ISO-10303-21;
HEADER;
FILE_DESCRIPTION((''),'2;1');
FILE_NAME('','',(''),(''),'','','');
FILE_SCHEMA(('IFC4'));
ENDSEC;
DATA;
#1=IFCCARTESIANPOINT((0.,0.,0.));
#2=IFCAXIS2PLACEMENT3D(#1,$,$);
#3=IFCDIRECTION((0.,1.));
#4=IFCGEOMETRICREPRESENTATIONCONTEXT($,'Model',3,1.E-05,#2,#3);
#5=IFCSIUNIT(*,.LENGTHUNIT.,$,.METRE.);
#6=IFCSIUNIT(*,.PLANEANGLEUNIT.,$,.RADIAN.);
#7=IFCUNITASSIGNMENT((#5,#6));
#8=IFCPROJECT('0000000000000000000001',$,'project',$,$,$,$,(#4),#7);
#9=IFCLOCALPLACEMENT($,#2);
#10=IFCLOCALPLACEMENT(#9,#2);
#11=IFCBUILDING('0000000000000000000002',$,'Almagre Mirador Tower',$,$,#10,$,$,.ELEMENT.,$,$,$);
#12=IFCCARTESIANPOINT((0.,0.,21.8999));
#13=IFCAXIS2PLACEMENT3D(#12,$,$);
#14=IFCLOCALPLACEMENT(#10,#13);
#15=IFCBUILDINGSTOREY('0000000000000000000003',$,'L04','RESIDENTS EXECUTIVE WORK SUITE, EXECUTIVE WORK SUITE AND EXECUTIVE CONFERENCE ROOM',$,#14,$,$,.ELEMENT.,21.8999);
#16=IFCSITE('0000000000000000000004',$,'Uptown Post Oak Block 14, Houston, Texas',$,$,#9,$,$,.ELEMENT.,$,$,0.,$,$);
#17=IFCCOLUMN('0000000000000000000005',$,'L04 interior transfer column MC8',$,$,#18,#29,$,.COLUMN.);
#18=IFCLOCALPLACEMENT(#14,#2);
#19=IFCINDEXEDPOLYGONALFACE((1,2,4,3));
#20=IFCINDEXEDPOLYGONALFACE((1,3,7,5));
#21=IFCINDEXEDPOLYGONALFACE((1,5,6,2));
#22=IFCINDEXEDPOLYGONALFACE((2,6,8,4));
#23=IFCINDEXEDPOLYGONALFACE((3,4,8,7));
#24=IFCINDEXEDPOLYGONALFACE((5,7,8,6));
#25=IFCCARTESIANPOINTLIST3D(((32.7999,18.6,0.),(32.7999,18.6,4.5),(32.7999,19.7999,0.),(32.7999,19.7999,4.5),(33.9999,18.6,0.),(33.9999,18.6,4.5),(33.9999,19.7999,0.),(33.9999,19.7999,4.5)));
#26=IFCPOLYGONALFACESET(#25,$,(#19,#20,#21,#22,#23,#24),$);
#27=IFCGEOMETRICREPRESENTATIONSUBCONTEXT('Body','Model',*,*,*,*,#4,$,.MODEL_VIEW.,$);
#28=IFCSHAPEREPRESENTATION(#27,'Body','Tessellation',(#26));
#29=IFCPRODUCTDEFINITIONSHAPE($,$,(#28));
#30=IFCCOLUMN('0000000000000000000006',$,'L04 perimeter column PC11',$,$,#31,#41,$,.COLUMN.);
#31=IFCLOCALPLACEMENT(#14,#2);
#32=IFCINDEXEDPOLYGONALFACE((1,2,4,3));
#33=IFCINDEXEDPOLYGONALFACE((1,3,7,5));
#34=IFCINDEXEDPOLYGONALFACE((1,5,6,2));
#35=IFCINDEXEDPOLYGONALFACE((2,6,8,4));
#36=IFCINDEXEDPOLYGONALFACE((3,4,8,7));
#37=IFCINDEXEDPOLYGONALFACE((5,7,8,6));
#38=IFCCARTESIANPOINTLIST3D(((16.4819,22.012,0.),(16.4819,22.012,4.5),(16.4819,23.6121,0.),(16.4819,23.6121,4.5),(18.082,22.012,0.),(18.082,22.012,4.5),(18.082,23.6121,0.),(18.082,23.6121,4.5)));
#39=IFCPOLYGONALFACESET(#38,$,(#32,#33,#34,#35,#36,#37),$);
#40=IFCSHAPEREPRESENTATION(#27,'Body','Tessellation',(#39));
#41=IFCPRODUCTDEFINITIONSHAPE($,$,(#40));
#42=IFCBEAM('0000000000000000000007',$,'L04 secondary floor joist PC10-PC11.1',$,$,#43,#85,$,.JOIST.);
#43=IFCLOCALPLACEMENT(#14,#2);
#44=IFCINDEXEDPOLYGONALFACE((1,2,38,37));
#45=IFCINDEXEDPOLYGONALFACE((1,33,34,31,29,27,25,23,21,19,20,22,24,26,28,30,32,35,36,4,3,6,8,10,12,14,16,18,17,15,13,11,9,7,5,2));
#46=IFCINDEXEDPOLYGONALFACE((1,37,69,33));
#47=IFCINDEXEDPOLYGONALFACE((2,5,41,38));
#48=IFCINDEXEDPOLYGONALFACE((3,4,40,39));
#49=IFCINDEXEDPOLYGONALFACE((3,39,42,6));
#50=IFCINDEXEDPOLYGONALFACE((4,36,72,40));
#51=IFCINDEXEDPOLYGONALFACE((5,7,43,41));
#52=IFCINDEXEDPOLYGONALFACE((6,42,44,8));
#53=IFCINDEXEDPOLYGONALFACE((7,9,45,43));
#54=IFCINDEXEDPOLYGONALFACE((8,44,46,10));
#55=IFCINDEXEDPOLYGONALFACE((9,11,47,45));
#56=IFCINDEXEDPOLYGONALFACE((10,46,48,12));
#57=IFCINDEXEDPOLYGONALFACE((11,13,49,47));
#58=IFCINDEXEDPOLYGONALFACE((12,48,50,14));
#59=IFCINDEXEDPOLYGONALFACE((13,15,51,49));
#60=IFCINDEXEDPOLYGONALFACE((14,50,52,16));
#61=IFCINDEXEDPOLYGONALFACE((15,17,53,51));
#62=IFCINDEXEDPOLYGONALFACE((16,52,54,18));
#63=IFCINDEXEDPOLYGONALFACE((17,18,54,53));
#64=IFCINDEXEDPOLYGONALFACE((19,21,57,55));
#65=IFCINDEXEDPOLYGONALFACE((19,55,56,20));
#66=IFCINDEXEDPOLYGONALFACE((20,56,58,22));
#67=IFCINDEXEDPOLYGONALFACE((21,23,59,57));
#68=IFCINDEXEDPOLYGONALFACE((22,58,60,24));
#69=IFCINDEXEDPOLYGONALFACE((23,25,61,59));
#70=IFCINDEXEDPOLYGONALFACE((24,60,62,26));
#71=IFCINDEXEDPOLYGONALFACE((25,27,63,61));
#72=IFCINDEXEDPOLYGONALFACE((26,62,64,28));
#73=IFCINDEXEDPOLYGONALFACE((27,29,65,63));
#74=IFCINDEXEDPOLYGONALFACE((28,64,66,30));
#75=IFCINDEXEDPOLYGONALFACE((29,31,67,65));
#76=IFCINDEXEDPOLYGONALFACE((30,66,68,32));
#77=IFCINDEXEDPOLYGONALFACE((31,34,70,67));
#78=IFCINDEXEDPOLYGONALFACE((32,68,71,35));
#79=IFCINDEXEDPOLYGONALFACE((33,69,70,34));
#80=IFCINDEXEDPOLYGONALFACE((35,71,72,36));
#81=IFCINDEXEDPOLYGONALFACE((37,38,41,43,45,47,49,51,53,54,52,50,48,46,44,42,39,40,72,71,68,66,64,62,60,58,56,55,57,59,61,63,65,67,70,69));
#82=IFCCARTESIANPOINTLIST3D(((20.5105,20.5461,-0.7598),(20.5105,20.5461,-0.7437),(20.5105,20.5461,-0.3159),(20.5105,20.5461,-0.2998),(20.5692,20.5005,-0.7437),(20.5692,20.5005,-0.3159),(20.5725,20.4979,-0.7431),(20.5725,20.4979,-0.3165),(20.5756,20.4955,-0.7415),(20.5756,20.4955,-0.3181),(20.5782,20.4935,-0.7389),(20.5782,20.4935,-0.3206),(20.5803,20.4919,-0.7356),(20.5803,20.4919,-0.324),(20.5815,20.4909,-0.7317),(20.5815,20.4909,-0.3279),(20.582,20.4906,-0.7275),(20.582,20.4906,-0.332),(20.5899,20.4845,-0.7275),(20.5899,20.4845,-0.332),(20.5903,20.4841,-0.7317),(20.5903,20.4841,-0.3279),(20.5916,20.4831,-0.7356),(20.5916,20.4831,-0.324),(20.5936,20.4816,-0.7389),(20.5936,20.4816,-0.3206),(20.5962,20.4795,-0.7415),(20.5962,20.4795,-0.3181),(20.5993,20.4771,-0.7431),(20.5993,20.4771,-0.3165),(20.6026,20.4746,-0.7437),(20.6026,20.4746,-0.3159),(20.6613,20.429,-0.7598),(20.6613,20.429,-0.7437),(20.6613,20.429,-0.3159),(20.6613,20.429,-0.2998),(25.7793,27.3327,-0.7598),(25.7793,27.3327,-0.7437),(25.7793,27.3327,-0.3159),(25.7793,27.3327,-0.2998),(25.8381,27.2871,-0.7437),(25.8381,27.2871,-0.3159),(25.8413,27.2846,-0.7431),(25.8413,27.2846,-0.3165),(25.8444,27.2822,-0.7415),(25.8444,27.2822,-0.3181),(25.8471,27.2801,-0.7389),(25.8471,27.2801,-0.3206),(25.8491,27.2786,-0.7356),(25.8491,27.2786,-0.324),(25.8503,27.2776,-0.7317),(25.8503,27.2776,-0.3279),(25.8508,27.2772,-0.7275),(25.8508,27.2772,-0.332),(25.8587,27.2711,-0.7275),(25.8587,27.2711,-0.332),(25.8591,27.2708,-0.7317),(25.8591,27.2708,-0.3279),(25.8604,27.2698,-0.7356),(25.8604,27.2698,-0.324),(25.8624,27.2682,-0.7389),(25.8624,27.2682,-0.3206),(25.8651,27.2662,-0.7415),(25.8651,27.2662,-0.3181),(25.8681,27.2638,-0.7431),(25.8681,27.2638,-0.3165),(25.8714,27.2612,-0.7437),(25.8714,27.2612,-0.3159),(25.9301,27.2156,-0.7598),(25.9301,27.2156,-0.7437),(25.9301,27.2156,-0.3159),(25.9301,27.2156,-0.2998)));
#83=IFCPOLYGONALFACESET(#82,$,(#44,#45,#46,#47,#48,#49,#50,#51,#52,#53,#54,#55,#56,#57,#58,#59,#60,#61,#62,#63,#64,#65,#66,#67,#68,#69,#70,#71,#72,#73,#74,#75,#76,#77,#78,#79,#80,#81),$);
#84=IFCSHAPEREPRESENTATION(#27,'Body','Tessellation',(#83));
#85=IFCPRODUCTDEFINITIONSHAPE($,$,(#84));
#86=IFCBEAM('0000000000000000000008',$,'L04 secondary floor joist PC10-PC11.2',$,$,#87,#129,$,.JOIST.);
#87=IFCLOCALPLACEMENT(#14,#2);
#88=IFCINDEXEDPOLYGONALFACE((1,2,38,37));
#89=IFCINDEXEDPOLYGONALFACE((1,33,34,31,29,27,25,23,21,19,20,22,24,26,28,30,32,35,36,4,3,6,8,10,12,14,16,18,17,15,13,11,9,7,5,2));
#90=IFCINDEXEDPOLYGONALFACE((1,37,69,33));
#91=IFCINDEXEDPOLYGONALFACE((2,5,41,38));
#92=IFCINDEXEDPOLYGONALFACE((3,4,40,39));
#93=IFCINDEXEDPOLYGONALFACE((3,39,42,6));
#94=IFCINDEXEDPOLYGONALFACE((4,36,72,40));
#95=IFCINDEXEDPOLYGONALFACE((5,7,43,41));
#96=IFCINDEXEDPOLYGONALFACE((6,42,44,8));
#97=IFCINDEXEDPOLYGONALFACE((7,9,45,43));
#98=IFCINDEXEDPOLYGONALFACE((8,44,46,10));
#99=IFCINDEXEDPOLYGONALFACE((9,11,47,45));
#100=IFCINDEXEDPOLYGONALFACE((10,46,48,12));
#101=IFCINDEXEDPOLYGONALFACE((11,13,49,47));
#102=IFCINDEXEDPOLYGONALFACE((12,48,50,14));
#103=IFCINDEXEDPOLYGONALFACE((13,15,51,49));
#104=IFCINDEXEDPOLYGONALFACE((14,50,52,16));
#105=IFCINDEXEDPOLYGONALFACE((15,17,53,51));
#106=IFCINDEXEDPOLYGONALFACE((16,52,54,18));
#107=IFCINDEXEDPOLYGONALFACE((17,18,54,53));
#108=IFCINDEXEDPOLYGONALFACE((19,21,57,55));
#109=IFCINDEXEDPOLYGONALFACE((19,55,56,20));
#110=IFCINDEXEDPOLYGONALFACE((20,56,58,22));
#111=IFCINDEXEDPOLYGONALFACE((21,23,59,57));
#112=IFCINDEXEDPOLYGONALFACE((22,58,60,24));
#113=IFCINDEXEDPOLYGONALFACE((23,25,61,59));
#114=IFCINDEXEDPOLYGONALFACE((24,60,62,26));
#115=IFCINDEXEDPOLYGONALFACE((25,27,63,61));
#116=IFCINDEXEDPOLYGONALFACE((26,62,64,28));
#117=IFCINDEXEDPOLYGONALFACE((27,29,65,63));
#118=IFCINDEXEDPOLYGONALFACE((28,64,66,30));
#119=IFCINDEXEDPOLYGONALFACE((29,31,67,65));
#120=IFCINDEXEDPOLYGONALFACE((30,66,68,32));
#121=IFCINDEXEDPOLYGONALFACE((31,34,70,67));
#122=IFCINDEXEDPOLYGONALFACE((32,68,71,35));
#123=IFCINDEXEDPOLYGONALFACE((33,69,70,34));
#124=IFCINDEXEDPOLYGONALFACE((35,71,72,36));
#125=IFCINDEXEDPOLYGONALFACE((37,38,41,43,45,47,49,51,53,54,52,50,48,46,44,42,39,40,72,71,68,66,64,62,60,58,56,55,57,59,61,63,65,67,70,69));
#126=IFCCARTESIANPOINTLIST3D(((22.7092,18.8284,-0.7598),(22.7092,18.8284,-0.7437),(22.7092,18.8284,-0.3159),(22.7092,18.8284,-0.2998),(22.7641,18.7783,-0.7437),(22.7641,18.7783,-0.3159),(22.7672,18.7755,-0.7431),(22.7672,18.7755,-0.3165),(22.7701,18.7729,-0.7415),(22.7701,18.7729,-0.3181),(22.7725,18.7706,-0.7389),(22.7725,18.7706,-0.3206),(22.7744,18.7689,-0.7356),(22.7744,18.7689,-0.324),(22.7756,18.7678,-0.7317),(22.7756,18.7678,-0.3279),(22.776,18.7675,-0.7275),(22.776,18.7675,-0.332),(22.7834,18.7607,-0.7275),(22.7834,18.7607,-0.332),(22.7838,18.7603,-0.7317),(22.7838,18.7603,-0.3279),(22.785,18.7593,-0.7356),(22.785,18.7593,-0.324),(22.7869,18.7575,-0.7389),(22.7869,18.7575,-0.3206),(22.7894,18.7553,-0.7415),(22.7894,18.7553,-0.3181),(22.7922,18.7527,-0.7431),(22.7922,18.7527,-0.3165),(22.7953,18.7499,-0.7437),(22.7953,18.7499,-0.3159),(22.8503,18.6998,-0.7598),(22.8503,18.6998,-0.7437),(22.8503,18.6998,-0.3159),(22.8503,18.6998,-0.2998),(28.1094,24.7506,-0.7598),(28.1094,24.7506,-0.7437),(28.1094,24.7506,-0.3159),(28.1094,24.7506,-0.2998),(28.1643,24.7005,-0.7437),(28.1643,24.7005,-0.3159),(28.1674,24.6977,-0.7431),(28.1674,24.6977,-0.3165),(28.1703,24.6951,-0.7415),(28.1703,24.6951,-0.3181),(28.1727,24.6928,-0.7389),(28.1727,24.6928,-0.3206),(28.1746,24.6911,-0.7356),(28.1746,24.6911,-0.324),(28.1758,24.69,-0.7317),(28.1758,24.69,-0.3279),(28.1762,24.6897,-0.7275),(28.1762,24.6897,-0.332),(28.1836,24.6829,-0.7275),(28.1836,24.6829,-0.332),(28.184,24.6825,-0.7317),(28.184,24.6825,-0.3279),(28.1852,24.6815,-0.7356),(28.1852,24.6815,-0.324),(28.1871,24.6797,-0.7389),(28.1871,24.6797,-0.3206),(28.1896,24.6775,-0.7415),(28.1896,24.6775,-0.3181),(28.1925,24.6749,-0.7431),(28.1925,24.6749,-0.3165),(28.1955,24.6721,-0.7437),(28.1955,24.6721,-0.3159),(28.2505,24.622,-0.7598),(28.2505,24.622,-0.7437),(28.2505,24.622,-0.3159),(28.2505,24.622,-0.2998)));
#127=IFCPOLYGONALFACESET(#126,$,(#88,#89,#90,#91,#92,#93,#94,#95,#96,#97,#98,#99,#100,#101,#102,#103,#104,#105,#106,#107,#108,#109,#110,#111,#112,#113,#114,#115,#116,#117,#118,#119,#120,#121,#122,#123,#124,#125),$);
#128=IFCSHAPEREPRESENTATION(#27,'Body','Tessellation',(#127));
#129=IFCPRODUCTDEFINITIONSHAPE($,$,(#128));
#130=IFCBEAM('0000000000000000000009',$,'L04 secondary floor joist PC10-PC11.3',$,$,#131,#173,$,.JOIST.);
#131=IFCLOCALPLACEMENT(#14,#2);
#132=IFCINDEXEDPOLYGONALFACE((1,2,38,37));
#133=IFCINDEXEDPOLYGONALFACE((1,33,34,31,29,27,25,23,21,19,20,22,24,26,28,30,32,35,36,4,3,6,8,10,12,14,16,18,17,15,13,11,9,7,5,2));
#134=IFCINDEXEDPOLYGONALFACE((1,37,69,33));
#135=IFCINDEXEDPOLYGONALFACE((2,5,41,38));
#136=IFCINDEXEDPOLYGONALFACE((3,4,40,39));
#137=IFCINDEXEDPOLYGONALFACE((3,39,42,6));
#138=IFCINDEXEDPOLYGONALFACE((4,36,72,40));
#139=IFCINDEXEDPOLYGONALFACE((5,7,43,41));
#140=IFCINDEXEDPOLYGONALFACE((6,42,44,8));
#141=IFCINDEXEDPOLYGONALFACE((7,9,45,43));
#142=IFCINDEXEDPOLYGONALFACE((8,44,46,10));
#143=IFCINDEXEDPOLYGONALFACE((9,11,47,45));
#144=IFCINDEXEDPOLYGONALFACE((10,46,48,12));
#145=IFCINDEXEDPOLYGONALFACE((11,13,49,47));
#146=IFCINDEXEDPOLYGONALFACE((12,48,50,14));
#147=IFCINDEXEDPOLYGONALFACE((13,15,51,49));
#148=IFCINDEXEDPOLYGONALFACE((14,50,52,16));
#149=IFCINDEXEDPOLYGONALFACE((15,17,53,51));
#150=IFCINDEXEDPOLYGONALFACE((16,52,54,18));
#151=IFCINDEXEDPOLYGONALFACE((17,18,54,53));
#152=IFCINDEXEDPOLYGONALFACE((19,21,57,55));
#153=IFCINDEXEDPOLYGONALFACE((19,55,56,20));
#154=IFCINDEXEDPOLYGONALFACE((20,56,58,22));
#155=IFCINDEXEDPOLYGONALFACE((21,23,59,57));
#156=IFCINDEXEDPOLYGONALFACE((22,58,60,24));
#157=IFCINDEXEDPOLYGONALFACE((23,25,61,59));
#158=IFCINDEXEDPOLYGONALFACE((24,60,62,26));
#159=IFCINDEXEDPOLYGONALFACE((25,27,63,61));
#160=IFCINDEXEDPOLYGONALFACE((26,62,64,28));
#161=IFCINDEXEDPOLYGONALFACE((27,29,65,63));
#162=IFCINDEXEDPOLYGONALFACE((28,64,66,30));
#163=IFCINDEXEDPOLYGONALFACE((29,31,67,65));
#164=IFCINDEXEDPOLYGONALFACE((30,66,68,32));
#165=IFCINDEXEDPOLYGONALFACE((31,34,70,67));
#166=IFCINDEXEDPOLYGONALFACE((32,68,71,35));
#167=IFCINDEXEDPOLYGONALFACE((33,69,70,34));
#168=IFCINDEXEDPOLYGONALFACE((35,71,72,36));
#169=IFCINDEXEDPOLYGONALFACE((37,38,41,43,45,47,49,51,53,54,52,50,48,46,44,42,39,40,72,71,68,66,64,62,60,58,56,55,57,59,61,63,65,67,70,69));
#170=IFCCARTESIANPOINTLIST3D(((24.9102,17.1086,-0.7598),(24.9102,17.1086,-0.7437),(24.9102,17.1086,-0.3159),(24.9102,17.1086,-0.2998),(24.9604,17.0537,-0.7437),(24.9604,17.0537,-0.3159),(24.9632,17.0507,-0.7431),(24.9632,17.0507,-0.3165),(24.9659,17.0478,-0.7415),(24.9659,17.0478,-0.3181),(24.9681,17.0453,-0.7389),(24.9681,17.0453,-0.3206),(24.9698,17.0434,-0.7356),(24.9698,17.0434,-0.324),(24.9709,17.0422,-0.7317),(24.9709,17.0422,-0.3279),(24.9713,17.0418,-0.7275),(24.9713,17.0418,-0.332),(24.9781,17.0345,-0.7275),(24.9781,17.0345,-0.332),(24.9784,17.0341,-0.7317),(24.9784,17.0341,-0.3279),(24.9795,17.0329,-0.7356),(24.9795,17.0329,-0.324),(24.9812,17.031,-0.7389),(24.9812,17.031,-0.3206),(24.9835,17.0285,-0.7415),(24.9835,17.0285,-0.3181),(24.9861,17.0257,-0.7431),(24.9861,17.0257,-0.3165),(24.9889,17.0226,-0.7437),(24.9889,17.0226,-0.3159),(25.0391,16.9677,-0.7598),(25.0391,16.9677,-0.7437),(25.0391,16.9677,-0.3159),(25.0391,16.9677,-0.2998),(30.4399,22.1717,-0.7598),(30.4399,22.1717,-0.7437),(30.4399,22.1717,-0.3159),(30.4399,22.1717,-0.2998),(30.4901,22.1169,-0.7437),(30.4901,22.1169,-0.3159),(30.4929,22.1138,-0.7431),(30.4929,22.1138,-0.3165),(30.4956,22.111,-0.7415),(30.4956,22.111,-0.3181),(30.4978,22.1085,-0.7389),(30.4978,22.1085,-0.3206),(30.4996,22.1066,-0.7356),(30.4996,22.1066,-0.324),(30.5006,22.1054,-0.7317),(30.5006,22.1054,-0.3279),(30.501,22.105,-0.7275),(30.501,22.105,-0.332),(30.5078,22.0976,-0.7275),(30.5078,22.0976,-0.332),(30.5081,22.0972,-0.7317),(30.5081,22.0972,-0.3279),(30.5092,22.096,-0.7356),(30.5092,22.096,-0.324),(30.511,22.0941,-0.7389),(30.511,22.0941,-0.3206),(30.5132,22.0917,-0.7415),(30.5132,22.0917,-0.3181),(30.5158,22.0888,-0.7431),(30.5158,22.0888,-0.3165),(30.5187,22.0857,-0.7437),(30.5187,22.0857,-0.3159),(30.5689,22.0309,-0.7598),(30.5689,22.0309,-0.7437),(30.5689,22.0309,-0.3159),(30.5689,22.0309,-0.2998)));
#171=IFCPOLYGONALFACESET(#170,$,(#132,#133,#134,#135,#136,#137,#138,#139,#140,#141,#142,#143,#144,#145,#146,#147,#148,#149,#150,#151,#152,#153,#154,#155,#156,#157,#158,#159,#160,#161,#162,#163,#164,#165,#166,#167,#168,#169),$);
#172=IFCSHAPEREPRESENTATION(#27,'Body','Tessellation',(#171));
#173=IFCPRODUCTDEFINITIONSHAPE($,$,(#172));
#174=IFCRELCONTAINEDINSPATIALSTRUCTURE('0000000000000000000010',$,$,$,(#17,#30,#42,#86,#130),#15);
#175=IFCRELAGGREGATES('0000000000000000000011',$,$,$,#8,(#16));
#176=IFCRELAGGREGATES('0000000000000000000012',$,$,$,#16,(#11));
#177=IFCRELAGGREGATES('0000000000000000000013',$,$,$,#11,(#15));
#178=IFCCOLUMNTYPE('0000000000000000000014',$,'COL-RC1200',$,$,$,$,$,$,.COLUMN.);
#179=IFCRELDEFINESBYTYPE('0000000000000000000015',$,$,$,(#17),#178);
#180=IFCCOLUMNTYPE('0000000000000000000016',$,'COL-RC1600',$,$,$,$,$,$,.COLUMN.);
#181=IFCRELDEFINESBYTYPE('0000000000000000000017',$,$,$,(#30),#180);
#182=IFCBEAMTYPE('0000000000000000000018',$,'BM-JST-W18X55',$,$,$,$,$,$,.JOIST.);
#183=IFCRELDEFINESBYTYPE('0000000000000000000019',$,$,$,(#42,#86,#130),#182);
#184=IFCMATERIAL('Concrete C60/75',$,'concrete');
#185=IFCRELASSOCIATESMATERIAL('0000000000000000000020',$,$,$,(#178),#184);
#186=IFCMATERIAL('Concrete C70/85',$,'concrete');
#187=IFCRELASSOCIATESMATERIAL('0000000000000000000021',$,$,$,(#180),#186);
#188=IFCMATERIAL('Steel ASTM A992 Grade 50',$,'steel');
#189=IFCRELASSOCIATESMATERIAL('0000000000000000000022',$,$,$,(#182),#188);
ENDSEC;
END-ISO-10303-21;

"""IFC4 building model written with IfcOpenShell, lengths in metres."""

from ifc_helpers import new_model, si_unit, direction, frame, origin, origin_2d, place, context, subcontext, project, spatial, rectangle, i_section, extrude, material, material_profile, profile_set, type_object, element, save


model = new_model("IFC4")

# Units and contexts
model_context = context("Model", 3, precision=1e-05, world=origin(), true_north=direction((0.0, 1.0)))
body_context = subcontext(model_context, "Body", "Model", "MODEL_VIEW")
ifc_project = project(units=[si_unit("LENGTHUNIT", "METRE"), si_unit("PLANEANGLEUNIT", "RADIAN")], contexts=[model_context])

# Site, building, storey
site_placement = place(None, origin())
site = spatial("IfcSite", under=ifc_project, at=site_placement, Name="Uptown Post Oak Block 14, Houston, Texas", CompositionType="ELEMENT", RefElevation=0.0)
building_placement = place(site_placement, origin())
building = spatial("IfcBuilding", under=site, at=building_placement, Name="Almagre Mirador Tower", CompositionType="ELEMENT")
storey_placement = place(building_placement, frame((0.0, 0.0, 21.8999)))
storey = spatial("IfcBuildingStorey", under=building, at=storey_placement, Name="L04", Description="RESIDENTS EXECUTIVE WORK SUITE, EXECUTIVE WORK SUITE AND EXECUTIVE CONFERENCE ROOM", CompositionType="ELEMENT", Elevation=21.8999)

# Columns
ifc_material_1 = material(Name="Concrete C60/75", Category="concrete")
ifc_material_profile_1 = material_profile(ifc_material_1, rectangle(XDim=1.2, YDim=1.2, at=origin_2d()), Name="RC1200X1200")
ifc_profile_set_1 = profile_set([ifc_material_profile_1], Name="Concrete C60/75")
column_type_1 = type_object("IfcColumnType", Name="COL-RC1200", PredefinedType="COLUMN", material=ifc_profile_set_1)
column_1_placement = place(storey_placement, frame((33.3999, 19.2, 0.0), z_axis=(0.0, 0.0, 1.0), x_axis=(1.0, 0.0, 0.0)))
element("IfcColumn", 1, at=column_1_placement, inside=storey, type_object=column_type_1, Name="L04 interior transfer column MC8", PredefinedType="COLUMN", context=body_context, shape_type="SweptSolid", body=[
    extrude(rectangle(XDim=1.2, YDim=1.2, at=origin_2d()), origin(), (0.0, 0.0, 1.0), 4.5),
])
ifc_material_2 = material(Name="Concrete C70/85", Category="concrete")
ifc_material_profile_2 = material_profile(ifc_material_2, rectangle(XDim=1.6001, YDim=1.6001, at=origin_2d()), Name="RC1600X1600")
ifc_profile_set_2 = profile_set([ifc_material_profile_2], Name="Concrete C70/85")
column_type_2 = type_object("IfcColumnType", Name="COL-RC1600", PredefinedType="COLUMN", material=ifc_profile_set_2)
column_2_placement = place(storey_placement, frame((17.282, 22.812, 0.0), z_axis=(0.0, 0.0, 1.0), x_axis=(1.0, 0.0, 0.0)))
element("IfcColumn", 2, at=column_2_placement, inside=storey, type_object=column_type_2, Name="L04 perimeter column PC11", PredefinedType="COLUMN", context=body_context, shape_type="SweptSolid", body=[
    extrude(rectangle(XDim=1.6001, YDim=1.6001, at=origin_2d()), origin(), (0.0, 0.0, 1.0), 4.5),
])

# Beams
ifc_material_3 = material(Name="Steel ASTM A992 Grade 50", Category="steel")
ifc_material_profile_3 = material_profile(ifc_material_3, i_section(OverallWidth=0.1909, OverallDepth=0.46, WebThickness=0.01, FlangeThickness=0.0161, FilletRadius=0.0161, at=origin_2d()), Name="W18X55")
ifc_profile_set_3 = profile_set([ifc_material_profile_3], Name="Steel ASTM A992 Grade 50")
beam_type_1 = type_object("IfcBeamType", Name="BM-JST-W18X55", PredefinedType="JOIST", material=ifc_profile_set_3)
beam_1_placement = place(storey_placement, frame((25.8547, 27.2742, -0.5298), z_axis=(-0.613238, -0.789898, 0.0), x_axis=(0.789898, -0.613238, 0.0)))
element("IfcBeam", 3, at=beam_1_placement, inside=storey, type_object=beam_type_1, Name="L04 secondary floor joist PC10-PC11.1", PredefinedType="JOIST", context=body_context, shape_type="SweptSolid", body=[
    extrude(i_section(OverallWidth=0.1909, OverallDepth=0.46, WebThickness=0.01, FlangeThickness=0.0161, FilletRadius=0.0161, at=origin_2d()), origin(), (0.0, 0.0, 1.0), 8.5918),
])
beam_2_placement = place(storey_placement, frame((28.1799, 24.6863, -0.5298), z_axis=(-0.673793, -0.738921, 0.0), x_axis=(0.738921, -0.673793, 0.0)))
element("IfcBeam", 4, at=beam_2_placement, inside=storey, type_object=beam_type_1, Name="L04 secondary floor joist PC10-PC11.2", PredefinedType="JOIST", context=body_context, shape_type="SweptSolid", body=[
    extrude(i_section(OverallWidth=0.1909, OverallDepth=0.46, WebThickness=0.01, FlangeThickness=0.0161, FilletRadius=0.0161, at=origin_2d()), origin(), (0.0, 0.0, 1.0), 8.0146),
])
beam_3_placement = place(storey_placement, frame((30.5044, 22.1013, -0.5298), z_axis=(-0.737535, -0.675309, 0.0), x_axis=(0.675309, -0.737535, 0.0)))
element("IfcBeam", 5, at=beam_3_placement, inside=storey, type_object=beam_type_1, Name="L04 secondary floor joist PC10-PC11.3", PredefinedType="JOIST", context=body_context, shape_type="SweptSolid", body=[
    extrude(i_section(OverallWidth=0.1909, OverallDepth=0.46, WebThickness=0.01, FlangeThickness=0.0161, FilletRadius=0.0161, at=origin_2d()), origin(), (0.0, 0.0, 1.0), 7.4976),
])

save(model, "model.ifc")
